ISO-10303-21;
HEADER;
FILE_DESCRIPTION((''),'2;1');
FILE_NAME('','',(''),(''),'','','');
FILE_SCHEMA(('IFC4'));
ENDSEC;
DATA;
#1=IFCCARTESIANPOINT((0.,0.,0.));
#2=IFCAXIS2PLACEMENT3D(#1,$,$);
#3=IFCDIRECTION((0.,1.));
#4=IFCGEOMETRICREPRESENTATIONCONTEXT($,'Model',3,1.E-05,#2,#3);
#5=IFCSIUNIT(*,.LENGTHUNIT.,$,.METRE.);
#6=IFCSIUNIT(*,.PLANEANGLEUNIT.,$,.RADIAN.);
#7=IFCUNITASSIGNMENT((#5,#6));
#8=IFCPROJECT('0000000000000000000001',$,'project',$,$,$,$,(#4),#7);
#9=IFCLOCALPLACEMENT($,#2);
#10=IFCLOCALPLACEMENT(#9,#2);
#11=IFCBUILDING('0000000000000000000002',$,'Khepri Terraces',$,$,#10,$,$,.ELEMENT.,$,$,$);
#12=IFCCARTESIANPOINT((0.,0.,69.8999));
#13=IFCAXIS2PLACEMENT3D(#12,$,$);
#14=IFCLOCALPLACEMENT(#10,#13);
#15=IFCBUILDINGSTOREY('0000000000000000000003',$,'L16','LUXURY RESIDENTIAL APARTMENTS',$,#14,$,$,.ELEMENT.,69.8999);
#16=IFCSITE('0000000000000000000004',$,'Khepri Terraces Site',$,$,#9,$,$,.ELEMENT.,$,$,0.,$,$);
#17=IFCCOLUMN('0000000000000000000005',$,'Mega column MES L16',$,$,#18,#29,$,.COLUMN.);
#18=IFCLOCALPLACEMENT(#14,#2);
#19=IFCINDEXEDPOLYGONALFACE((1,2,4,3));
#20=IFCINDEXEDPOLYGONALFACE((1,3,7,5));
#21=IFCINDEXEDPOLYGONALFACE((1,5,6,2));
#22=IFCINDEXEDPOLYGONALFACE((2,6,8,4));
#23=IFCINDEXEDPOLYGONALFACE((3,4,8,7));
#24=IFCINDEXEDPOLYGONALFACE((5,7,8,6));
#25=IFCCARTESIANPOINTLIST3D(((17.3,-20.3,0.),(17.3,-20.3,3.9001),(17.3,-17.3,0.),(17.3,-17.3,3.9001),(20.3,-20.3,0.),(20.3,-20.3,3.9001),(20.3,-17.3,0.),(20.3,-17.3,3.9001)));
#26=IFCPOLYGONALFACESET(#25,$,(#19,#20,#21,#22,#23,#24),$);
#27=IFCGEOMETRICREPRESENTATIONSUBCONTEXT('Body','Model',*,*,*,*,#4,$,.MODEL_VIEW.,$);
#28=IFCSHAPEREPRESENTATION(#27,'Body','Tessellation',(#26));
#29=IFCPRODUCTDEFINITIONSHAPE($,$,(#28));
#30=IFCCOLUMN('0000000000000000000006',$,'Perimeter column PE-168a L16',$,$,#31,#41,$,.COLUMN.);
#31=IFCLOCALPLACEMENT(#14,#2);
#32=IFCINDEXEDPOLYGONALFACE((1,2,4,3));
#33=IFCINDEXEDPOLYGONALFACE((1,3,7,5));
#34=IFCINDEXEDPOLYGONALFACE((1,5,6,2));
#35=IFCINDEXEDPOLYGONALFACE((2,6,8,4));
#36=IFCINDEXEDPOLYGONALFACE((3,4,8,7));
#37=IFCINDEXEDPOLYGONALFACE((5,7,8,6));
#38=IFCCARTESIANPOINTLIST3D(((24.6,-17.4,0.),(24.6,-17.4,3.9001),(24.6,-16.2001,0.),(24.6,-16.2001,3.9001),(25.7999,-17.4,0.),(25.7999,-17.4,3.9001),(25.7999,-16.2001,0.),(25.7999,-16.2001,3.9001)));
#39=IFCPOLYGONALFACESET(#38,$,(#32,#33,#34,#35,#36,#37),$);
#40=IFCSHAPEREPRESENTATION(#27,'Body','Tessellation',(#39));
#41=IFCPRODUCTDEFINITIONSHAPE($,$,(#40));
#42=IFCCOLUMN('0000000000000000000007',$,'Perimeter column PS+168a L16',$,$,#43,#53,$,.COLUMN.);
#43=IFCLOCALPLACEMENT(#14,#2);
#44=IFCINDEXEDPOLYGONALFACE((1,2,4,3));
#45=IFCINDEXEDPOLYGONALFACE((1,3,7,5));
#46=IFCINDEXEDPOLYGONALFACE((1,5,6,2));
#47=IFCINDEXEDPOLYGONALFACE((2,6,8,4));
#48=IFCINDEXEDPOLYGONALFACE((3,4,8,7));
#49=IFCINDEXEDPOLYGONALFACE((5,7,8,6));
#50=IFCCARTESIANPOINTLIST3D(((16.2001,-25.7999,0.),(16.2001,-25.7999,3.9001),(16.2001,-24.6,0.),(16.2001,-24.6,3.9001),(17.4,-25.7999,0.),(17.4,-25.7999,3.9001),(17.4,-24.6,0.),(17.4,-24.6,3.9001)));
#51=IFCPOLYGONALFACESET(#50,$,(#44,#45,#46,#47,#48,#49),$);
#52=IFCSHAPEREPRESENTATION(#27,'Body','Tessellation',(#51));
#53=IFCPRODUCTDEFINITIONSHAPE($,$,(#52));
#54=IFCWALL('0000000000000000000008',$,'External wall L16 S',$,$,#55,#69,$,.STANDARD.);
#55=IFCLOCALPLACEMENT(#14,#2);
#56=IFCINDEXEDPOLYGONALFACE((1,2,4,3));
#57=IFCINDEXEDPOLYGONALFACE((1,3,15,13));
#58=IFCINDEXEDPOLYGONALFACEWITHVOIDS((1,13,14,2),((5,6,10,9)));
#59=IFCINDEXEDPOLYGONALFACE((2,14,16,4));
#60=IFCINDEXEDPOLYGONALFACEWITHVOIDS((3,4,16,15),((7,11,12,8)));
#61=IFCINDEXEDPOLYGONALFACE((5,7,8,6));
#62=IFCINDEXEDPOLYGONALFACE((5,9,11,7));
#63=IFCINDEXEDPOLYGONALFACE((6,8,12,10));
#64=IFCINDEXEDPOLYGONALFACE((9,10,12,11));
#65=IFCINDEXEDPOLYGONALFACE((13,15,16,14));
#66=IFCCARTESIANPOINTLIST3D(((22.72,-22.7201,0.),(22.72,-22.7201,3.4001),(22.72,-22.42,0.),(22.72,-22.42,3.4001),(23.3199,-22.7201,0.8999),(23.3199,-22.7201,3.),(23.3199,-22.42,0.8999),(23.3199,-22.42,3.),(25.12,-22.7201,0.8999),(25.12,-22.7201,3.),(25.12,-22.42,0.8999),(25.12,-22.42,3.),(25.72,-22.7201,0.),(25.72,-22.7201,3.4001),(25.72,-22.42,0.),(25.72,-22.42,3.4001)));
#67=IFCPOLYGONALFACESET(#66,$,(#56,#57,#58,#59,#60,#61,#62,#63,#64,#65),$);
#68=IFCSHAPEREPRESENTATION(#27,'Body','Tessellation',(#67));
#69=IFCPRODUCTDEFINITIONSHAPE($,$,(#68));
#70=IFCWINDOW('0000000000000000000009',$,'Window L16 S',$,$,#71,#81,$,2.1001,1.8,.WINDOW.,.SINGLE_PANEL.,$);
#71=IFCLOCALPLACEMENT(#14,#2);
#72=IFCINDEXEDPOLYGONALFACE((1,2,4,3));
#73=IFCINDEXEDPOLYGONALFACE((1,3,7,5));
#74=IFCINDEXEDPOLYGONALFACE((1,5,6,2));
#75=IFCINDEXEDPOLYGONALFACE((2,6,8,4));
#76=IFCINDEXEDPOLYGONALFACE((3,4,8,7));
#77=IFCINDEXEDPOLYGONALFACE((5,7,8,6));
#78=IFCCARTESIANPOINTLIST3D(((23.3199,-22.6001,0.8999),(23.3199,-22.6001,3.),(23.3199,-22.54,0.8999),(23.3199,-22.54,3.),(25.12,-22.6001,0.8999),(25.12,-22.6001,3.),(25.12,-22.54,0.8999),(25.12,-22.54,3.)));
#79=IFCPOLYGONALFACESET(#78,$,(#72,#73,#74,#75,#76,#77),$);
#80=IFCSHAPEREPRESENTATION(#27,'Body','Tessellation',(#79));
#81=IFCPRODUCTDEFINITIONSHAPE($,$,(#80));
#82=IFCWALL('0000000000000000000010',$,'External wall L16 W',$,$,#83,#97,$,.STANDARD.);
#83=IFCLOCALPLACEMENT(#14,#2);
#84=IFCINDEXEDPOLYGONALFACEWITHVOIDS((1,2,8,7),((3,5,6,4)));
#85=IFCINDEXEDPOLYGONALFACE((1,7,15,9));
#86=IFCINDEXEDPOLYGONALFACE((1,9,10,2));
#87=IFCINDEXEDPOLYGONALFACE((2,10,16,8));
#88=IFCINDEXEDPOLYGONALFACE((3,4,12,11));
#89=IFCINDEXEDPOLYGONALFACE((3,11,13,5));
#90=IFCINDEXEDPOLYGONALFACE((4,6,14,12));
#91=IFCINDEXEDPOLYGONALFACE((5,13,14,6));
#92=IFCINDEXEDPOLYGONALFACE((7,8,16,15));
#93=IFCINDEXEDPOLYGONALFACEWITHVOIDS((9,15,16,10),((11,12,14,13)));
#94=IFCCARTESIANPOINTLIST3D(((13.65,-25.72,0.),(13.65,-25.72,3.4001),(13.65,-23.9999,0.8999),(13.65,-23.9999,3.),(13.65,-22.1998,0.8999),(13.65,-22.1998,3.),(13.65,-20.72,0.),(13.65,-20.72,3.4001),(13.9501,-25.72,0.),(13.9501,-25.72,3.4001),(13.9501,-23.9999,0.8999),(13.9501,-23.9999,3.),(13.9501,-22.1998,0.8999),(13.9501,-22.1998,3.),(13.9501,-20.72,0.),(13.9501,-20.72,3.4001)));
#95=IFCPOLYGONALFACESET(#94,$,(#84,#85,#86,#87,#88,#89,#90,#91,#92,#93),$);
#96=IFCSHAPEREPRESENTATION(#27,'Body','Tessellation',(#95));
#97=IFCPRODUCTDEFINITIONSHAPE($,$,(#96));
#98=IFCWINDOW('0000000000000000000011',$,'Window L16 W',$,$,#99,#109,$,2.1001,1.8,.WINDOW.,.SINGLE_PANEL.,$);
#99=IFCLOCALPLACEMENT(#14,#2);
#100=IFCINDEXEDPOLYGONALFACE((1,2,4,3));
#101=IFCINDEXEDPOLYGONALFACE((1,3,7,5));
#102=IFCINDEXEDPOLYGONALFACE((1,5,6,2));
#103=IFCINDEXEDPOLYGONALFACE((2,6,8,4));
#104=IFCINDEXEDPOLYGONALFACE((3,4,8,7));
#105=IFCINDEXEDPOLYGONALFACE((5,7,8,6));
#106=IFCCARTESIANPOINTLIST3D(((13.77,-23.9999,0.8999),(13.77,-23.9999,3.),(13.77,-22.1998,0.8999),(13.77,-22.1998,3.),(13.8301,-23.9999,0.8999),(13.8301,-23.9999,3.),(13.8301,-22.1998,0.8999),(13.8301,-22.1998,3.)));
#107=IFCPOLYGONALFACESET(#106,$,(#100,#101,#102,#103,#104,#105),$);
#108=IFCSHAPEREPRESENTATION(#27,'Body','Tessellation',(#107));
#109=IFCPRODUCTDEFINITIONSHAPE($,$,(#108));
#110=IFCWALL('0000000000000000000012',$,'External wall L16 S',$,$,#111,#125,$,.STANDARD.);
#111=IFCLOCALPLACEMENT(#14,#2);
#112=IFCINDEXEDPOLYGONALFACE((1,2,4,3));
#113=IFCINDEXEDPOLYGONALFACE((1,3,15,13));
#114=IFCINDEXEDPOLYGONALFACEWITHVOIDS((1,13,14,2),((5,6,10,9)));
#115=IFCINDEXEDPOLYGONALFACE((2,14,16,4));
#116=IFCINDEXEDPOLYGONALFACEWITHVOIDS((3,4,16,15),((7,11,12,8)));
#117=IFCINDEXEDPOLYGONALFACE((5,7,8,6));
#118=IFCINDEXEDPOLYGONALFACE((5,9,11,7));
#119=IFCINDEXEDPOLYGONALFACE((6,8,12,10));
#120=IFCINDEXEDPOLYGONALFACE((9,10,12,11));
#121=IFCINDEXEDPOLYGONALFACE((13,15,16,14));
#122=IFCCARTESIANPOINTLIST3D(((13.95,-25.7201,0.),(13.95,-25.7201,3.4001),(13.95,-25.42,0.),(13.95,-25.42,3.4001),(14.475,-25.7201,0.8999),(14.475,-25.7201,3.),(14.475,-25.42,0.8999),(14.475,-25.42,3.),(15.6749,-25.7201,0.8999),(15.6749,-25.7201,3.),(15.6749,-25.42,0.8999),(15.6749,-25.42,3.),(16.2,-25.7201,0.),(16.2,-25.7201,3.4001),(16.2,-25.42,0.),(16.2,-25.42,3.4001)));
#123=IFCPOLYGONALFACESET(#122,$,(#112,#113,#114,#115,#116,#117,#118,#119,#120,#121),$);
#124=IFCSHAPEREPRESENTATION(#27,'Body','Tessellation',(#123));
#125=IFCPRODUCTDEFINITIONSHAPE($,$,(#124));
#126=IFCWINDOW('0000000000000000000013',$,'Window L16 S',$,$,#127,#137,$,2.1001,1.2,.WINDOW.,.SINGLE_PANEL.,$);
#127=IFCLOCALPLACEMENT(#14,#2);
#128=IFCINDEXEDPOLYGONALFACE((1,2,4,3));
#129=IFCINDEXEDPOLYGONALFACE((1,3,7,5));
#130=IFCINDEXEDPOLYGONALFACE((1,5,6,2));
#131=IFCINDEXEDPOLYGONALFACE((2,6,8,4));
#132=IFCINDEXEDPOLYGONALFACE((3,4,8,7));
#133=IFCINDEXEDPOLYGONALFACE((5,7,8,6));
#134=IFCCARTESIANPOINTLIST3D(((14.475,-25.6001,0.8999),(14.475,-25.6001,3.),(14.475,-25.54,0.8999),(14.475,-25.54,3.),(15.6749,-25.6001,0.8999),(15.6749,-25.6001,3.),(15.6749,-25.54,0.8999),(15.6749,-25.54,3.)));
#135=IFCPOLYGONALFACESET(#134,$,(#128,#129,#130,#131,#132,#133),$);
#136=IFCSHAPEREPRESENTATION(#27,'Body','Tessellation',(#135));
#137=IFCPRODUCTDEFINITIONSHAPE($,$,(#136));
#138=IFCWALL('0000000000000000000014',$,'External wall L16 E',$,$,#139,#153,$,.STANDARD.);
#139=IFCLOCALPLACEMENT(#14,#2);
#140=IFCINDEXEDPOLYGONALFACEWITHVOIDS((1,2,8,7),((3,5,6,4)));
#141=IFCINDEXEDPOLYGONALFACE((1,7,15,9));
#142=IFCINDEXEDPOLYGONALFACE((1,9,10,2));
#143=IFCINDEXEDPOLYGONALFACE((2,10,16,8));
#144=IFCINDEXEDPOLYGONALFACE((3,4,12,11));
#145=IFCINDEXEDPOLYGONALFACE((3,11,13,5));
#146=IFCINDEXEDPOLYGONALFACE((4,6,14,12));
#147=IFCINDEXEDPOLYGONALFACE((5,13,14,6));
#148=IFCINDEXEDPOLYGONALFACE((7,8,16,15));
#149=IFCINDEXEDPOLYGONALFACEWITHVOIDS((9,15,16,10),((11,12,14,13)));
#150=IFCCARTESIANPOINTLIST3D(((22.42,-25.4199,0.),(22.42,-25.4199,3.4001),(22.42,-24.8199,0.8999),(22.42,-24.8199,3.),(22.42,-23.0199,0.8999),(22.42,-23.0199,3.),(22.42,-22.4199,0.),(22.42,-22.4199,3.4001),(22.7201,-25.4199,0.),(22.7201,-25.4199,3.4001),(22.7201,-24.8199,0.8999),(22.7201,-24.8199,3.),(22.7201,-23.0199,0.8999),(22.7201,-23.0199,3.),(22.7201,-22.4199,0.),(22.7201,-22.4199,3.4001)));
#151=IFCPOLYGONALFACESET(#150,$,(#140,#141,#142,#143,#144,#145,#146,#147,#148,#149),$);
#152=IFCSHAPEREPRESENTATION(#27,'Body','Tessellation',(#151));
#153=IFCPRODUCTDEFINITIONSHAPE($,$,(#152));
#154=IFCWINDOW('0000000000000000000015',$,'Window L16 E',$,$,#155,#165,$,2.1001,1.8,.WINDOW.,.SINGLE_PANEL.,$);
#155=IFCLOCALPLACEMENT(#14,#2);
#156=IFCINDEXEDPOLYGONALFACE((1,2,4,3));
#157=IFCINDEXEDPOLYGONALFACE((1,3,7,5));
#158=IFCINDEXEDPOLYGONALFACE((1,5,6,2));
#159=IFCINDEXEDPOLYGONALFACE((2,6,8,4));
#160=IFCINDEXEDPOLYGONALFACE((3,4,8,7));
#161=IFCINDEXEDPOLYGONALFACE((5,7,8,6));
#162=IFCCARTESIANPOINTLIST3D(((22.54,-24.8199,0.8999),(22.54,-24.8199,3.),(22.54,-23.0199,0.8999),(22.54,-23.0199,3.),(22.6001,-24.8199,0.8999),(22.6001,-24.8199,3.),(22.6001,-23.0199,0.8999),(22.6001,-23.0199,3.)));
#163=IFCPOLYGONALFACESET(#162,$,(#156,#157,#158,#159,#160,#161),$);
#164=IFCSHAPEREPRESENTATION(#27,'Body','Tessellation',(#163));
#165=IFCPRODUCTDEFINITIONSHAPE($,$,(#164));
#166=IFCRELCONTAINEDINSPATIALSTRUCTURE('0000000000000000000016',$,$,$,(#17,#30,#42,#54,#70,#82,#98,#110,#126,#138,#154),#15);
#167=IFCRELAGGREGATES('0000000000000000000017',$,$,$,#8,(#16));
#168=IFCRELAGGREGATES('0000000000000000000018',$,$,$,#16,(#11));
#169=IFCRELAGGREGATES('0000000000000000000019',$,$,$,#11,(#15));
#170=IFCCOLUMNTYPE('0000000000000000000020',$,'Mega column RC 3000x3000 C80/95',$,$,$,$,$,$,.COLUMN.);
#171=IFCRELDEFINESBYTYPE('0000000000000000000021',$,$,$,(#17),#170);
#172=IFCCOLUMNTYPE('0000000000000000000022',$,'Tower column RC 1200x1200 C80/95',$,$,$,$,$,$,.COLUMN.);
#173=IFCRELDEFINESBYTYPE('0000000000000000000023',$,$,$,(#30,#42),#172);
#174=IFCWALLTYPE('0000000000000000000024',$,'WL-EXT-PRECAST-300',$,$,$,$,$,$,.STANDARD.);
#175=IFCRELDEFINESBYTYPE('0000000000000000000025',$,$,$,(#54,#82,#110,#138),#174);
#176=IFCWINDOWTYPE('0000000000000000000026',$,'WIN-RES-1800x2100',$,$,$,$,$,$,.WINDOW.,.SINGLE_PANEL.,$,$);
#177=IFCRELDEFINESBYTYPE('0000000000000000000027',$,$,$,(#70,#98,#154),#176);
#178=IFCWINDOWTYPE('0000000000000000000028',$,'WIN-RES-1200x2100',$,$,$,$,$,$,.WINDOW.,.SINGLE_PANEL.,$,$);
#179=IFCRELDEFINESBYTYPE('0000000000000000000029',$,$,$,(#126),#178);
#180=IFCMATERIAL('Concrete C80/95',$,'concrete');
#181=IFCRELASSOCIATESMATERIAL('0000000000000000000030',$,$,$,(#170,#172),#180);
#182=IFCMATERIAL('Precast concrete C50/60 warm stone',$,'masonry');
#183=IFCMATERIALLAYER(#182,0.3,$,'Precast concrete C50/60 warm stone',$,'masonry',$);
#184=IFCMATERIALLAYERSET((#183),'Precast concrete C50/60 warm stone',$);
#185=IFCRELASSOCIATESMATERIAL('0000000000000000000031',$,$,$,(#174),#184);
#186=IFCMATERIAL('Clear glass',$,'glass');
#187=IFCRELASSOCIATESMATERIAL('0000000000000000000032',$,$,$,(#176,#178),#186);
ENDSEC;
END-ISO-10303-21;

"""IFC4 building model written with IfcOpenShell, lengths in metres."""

from ifc_helpers import new_model, si_unit, direction, frame, frame_2d, origin, origin_2d, place, context, subcontext, project, spatial, rectangle, extrude, material, layer, layer_set, material_profile, profile_set, type_object, element, fill, save


model = new_model("IFC4")

# Units and contexts
model_context = context("Model", 3, precision=1e-05, world=origin(), true_north=direction((0.0, 1.0)))
body_context = subcontext(model_context, "Body", "Model", "MODEL_VIEW")
ifc_project = project(units=[si_unit("LENGTHUNIT", "METRE"), si_unit("PLANEANGLEUNIT", "RADIAN")], contexts=[model_context])

# Site, building, storey
site_placement = place(None, origin())
site = spatial("IfcSite", under=ifc_project, at=site_placement, Name="Khepri Terraces Site", CompositionType="ELEMENT", RefElevation=0.0)
building_placement = place(site_placement, origin())
building = spatial("IfcBuilding", under=site, at=building_placement, Name="Khepri Terraces", CompositionType="ELEMENT")
storey_placement = place(building_placement, frame((0.0, 0.0, 69.8999)))
storey = spatial("IfcBuildingStorey", under=building, at=storey_placement, Name="L16", Description="LUXURY RESIDENTIAL APARTMENTS", CompositionType="ELEMENT", Elevation=69.8999)

# Columns
ifc_material_1 = material(Name="Concrete C80/95", Category="concrete")
ifc_material_profile_1 = material_profile(ifc_material_1, rectangle(XDim=3.0, YDim=3.0, at=origin_2d()), Name="Concrete C80/95", Category="concrete")
ifc_profile_set_1 = profile_set([ifc_material_profile_1], Name="Concrete C80/95")
column_type_1 = type_object("IfcColumnType", Name="Mega column RC 3000x3000 C80/95", PredefinedType="COLUMN", material=ifc_profile_set_1)
column_placement = place(storey_placement, frame((18.8, -18.8, 0.0), z_axis=(0.0, 0.0, 1.0), x_axis=(1.0, 0.0, 0.0)))
element("IfcColumn", 1, at=column_placement, inside=storey, type_object=column_type_1, Name="Mega column MES L16", PredefinedType="COLUMN", context=body_context, shape_type="SweptSolid", body=[
    extrude(rectangle(XDim=3.0, YDim=3.0, at=origin_2d()), origin(), (0.0, 0.0, 1.0), 3.9001),
])
ifc_material_profile_2 = material_profile(ifc_material_1, rectangle(XDim=1.2, YDim=1.2, at=origin_2d()), Name="Concrete C80/95", Category="concrete")
ifc_profile_set_2 = profile_set([ifc_material_profile_2], Name="Concrete C80/95")
column_type_2 = type_object("IfcColumnType", Name="Tower column RC 1200x1200 C80/95", PredefinedType="COLUMN", material=ifc_profile_set_2)
for number, where, z_axis, x_axis, name in (
    (2, (25.2, -16.8, 0.0), (0.0, 0.0, 1.0), (1.0, 0.0, 0.0), "Perimeter column PE-168a L16"),
    (3, (16.8, -25.2, 0.0), (0.0, 0.0, 1.0), (1.0, 0.0, 0.0), "Perimeter column PS+168a L16"),
):
    element("IfcColumn", number, at=place(storey_placement, frame(where, z_axis=z_axis, x_axis=x_axis)), inside=storey, type_object=column_type_2, Name=name, PredefinedType="COLUMN", context=body_context, shape_type="SweptSolid", body=[
        extrude(rectangle(XDim=1.2, YDim=1.2, at=origin_2d()), origin(), (0.0, 0.0, 1.0), 3.9001),
    ])

# Wall, opening, window
ifc_material_2 = material(Name="Precast concrete C50/60 warm stone", Category="masonry")
ifc_layer_1 = layer(ifc_material_2, 0.3, Name="Precast concrete C50/60 warm stone", Category="masonry")
ifc_layer_set_1 = layer_set([ifc_layer_1], Name="Precast concrete C50/60 warm stone")
wall_type_1 = type_object("IfcWallType", Name="WL-EXT-PRECAST-300", PredefinedType="STANDARD", material=ifc_layer_set_1)
wall_1_placement = place(storey_placement, frame((22.72, -22.5701, 0.0), z_axis=(0.0, 0.0, 1.0), x_axis=(1.0, 0.0, 0.0)))
wall_1 = element("IfcWall", 4, at=wall_1_placement, inside=storey, type_object=wall_type_1, Name="External wall L16 S", PredefinedType="STANDARD", context=body_context, shape_type="SweptSolid", body=[
    extrude(rectangle(XDim=3.0, YDim=0.3, at=frame_2d((1.5, 0.0))), origin(), (0.0, 0.0, 1.0), 3.4001),
])
opening_1_placement = place(wall_1_placement, frame((0.6001, 0.0, 0.8999)))
opening_1 = element("IfcOpeningElement", 5, at=opening_1_placement, cuts=wall_1, PredefinedType="OPENING", context=body_context, shape_type="SweptSolid", body=[
    extrude(rectangle(XDim=1.8, YDim=2.1001, at=frame_2d((0.8999, 1.05))), frame((0.0, 0.1602, 0.0), z_axis=(0.0, -1.0, 0.0), x_axis=(1.0, 0.0, 0.0)), (0.0, 0.0, 1.0), 0.3201),
])
ifc_material_3 = material(Name="Clear glass", Category="glass")
window_type_1 = type_object("IfcWindowType", Name="WIN-RES-1800x2100", PartitioningType="SINGLE_PANEL", PredefinedType="WINDOW", material=ifc_material_3)
window_1_placement = place(opening_1_placement, origin())
window_1 = element("IfcWindow", 6, at=window_1_placement, inside=storey, type_object=window_type_1, Name="Window L16 S", OverallHeight=2.1001, OverallWidth=1.8, PartitioningType="SINGLE_PANEL", PredefinedType="WINDOW", context=body_context, shape_type="SweptSolid", body=[
    extrude(rectangle(XDim=1.8, YDim=2.1001, at=frame_2d((0.8999, 1.05))), frame((0.0, 0.03, 0.0), z_axis=(0.0, -1.0, 0.0), x_axis=(1.0, 0.0, 0.0)), (0.0, 0.0, 1.0), 0.0601),
])
fill(opening_1, window_1)

# Walls, openings, windows
wall_2_placement = place(storey_placement, frame((13.8, -20.72, 0.0), z_axis=(0.0, 0.0, 1.0), x_axis=(0.0, -1.0, 0.0)))
wall_2 = element("IfcWall", 7, at=wall_2_placement, inside=storey, type_object=wall_type_1, Name="External wall L16 W", PredefinedType="STANDARD", context=body_context, shape_type="SweptSolid", body=[
    extrude(rectangle(XDim=5.0, YDim=0.3, at=frame_2d((2.5, 0.0))), origin(), (0.0, 0.0, 1.0), 3.4001),
])
opening_2_placement = place(wall_2_placement, frame((1.48, 0.0, 0.8999)))
opening_2 = element("IfcOpeningElement", 8, at=opening_2_placement, cuts=wall_2, PredefinedType="OPENING", context=body_context, shape_type="SweptSolid", body=[
    extrude(rectangle(XDim=1.8, YDim=2.1001, at=frame_2d((0.8999, 1.05))), frame((0.0, 0.1602, 0.0), z_axis=(0.0, -1.0, 0.0), x_axis=(1.0, 0.0, 0.0)), (0.0, 0.0, 1.0), 0.3201),
])
window_2_placement = place(opening_2_placement, origin())
window_2 = element("IfcWindow", 9, at=window_2_placement, inside=storey, type_object=window_type_1, Name="Window L16 W", OverallHeight=2.1001, OverallWidth=1.8, PartitioningType="SINGLE_PANEL", PredefinedType="WINDOW", context=body_context, shape_type="SweptSolid", body=[
    extrude(rectangle(XDim=1.8, YDim=2.1001, at=frame_2d((0.8999, 1.05))), frame((0.0, 0.03, 0.0), z_axis=(0.0, -1.0, 0.0), x_axis=(1.0, 0.0, 0.0)), (0.0, 0.0, 1.0), 0.0601),
])
fill(opening_2, window_2)
wall_3_placement = place(storey_placement, frame((13.95, -25.5701, 0.0), z_axis=(0.0, 0.0, 1.0), x_axis=(1.0, 0.0, 0.0)))
wall_3 = element("IfcWall", 10, at=wall_3_placement, inside=storey, type_object=wall_type_1, Name="External wall L16 S", PredefinedType="STANDARD", context=body_context, shape_type="SweptSolid", body=[
    extrude(rectangle(XDim=2.25, YDim=0.3, at=frame_2d((1.125, 0.0))), origin(), (0.0, 0.0, 1.0), 3.4001),
])
opening_3_placement = place(wall_3_placement, frame((0.5249, 0.0, 0.8999)))
opening_3 = element("IfcOpeningElement", 11, at=opening_3_placement, cuts=wall_3, PredefinedType="OPENING", context=body_context, shape_type="SweptSolid", body=[
    extrude(rectangle(XDim=1.2, YDim=2.1001, at=frame_2d((0.6001, 1.05))), frame((0.0, 0.1602, 0.0), z_axis=(0.0, -1.0, 0.0), x_axis=(1.0, 0.0, 0.0)), (0.0, 0.0, 1.0), 0.3201),
])
window_type_2 = type_object("IfcWindowType", Name="WIN-RES-1200x2100", PartitioningType="SINGLE_PANEL", PredefinedType="WINDOW", material=ifc_material_3)
window_3_placement = place(opening_3_placement, origin())
window_3 = element("IfcWindow", 12, at=window_3_placement, inside=storey, type_object=window_type_2, Name="Window L16 S", OverallHeight=2.1001, OverallWidth=1.2, PartitioningType="SINGLE_PANEL", PredefinedType="WINDOW", context=body_context, shape_type="SweptSolid", body=[
    extrude(rectangle(XDim=1.2, YDim=2.1001, at=frame_2d((0.6001, 1.05))), frame((0.0, 0.03, 0.0), z_axis=(0.0, -1.0, 0.0), x_axis=(1.0, 0.0, 0.0)), (0.0, 0.0, 1.0), 0.0601),
])
fill(opening_3, window_3)

# Wall, opening, window
wall_4_placement = place(storey_placement, frame((22.5701, -25.4199, 0.0), z_axis=(0.0, 0.0, 1.0), x_axis=(0.0, 1.0, 0.0)))
wall_4 = element("IfcWall", 13, at=wall_4_placement, inside=storey, type_object=wall_type_1, Name="External wall L16 E", PredefinedType="STANDARD", context=body_context, shape_type="SweptSolid", body=[
    extrude(rectangle(XDim=3.0, YDim=0.3, at=frame_2d((1.5, 0.0))), origin(), (0.0, 0.0, 1.0), 3.4001),
])
opening_4_placement = place(wall_4_placement, frame((0.6001, 0.0, 0.8999)))
opening_4 = element("IfcOpeningElement", 14, at=opening_4_placement, cuts=wall_4, PredefinedType="OPENING", context=body_context, shape_type="SweptSolid", body=[
    extrude(rectangle(XDim=1.8, YDim=2.1001, at=frame_2d((0.8999, 1.05))), frame((0.0, 0.1602, 0.0), z_axis=(0.0, -1.0, 0.0), x_axis=(1.0, 0.0, 0.0)), (0.0, 0.0, 1.0), 0.3201),
])
window_4_placement = place(opening_4_placement, origin())
window_4 = element("IfcWindow", 15, at=window_4_placement, inside=storey, type_object=window_type_1, Name="Window L16 E", OverallHeight=2.1001, OverallWidth=1.8, PartitioningType="SINGLE_PANEL", PredefinedType="WINDOW", context=body_context, shape_type="SweptSolid", body=[
    extrude(rectangle(XDim=1.8, YDim=2.1001, at=frame_2d((0.8999, 1.05))), frame((0.0, 0.03, 0.0), z_axis=(0.0, -1.0, 0.0), x_axis=(1.0, 0.0, 0.0)), (0.0, 0.0, 1.0), 0.0601),
])
fill(opening_4, window_4)

save(model, "model.ifc")
